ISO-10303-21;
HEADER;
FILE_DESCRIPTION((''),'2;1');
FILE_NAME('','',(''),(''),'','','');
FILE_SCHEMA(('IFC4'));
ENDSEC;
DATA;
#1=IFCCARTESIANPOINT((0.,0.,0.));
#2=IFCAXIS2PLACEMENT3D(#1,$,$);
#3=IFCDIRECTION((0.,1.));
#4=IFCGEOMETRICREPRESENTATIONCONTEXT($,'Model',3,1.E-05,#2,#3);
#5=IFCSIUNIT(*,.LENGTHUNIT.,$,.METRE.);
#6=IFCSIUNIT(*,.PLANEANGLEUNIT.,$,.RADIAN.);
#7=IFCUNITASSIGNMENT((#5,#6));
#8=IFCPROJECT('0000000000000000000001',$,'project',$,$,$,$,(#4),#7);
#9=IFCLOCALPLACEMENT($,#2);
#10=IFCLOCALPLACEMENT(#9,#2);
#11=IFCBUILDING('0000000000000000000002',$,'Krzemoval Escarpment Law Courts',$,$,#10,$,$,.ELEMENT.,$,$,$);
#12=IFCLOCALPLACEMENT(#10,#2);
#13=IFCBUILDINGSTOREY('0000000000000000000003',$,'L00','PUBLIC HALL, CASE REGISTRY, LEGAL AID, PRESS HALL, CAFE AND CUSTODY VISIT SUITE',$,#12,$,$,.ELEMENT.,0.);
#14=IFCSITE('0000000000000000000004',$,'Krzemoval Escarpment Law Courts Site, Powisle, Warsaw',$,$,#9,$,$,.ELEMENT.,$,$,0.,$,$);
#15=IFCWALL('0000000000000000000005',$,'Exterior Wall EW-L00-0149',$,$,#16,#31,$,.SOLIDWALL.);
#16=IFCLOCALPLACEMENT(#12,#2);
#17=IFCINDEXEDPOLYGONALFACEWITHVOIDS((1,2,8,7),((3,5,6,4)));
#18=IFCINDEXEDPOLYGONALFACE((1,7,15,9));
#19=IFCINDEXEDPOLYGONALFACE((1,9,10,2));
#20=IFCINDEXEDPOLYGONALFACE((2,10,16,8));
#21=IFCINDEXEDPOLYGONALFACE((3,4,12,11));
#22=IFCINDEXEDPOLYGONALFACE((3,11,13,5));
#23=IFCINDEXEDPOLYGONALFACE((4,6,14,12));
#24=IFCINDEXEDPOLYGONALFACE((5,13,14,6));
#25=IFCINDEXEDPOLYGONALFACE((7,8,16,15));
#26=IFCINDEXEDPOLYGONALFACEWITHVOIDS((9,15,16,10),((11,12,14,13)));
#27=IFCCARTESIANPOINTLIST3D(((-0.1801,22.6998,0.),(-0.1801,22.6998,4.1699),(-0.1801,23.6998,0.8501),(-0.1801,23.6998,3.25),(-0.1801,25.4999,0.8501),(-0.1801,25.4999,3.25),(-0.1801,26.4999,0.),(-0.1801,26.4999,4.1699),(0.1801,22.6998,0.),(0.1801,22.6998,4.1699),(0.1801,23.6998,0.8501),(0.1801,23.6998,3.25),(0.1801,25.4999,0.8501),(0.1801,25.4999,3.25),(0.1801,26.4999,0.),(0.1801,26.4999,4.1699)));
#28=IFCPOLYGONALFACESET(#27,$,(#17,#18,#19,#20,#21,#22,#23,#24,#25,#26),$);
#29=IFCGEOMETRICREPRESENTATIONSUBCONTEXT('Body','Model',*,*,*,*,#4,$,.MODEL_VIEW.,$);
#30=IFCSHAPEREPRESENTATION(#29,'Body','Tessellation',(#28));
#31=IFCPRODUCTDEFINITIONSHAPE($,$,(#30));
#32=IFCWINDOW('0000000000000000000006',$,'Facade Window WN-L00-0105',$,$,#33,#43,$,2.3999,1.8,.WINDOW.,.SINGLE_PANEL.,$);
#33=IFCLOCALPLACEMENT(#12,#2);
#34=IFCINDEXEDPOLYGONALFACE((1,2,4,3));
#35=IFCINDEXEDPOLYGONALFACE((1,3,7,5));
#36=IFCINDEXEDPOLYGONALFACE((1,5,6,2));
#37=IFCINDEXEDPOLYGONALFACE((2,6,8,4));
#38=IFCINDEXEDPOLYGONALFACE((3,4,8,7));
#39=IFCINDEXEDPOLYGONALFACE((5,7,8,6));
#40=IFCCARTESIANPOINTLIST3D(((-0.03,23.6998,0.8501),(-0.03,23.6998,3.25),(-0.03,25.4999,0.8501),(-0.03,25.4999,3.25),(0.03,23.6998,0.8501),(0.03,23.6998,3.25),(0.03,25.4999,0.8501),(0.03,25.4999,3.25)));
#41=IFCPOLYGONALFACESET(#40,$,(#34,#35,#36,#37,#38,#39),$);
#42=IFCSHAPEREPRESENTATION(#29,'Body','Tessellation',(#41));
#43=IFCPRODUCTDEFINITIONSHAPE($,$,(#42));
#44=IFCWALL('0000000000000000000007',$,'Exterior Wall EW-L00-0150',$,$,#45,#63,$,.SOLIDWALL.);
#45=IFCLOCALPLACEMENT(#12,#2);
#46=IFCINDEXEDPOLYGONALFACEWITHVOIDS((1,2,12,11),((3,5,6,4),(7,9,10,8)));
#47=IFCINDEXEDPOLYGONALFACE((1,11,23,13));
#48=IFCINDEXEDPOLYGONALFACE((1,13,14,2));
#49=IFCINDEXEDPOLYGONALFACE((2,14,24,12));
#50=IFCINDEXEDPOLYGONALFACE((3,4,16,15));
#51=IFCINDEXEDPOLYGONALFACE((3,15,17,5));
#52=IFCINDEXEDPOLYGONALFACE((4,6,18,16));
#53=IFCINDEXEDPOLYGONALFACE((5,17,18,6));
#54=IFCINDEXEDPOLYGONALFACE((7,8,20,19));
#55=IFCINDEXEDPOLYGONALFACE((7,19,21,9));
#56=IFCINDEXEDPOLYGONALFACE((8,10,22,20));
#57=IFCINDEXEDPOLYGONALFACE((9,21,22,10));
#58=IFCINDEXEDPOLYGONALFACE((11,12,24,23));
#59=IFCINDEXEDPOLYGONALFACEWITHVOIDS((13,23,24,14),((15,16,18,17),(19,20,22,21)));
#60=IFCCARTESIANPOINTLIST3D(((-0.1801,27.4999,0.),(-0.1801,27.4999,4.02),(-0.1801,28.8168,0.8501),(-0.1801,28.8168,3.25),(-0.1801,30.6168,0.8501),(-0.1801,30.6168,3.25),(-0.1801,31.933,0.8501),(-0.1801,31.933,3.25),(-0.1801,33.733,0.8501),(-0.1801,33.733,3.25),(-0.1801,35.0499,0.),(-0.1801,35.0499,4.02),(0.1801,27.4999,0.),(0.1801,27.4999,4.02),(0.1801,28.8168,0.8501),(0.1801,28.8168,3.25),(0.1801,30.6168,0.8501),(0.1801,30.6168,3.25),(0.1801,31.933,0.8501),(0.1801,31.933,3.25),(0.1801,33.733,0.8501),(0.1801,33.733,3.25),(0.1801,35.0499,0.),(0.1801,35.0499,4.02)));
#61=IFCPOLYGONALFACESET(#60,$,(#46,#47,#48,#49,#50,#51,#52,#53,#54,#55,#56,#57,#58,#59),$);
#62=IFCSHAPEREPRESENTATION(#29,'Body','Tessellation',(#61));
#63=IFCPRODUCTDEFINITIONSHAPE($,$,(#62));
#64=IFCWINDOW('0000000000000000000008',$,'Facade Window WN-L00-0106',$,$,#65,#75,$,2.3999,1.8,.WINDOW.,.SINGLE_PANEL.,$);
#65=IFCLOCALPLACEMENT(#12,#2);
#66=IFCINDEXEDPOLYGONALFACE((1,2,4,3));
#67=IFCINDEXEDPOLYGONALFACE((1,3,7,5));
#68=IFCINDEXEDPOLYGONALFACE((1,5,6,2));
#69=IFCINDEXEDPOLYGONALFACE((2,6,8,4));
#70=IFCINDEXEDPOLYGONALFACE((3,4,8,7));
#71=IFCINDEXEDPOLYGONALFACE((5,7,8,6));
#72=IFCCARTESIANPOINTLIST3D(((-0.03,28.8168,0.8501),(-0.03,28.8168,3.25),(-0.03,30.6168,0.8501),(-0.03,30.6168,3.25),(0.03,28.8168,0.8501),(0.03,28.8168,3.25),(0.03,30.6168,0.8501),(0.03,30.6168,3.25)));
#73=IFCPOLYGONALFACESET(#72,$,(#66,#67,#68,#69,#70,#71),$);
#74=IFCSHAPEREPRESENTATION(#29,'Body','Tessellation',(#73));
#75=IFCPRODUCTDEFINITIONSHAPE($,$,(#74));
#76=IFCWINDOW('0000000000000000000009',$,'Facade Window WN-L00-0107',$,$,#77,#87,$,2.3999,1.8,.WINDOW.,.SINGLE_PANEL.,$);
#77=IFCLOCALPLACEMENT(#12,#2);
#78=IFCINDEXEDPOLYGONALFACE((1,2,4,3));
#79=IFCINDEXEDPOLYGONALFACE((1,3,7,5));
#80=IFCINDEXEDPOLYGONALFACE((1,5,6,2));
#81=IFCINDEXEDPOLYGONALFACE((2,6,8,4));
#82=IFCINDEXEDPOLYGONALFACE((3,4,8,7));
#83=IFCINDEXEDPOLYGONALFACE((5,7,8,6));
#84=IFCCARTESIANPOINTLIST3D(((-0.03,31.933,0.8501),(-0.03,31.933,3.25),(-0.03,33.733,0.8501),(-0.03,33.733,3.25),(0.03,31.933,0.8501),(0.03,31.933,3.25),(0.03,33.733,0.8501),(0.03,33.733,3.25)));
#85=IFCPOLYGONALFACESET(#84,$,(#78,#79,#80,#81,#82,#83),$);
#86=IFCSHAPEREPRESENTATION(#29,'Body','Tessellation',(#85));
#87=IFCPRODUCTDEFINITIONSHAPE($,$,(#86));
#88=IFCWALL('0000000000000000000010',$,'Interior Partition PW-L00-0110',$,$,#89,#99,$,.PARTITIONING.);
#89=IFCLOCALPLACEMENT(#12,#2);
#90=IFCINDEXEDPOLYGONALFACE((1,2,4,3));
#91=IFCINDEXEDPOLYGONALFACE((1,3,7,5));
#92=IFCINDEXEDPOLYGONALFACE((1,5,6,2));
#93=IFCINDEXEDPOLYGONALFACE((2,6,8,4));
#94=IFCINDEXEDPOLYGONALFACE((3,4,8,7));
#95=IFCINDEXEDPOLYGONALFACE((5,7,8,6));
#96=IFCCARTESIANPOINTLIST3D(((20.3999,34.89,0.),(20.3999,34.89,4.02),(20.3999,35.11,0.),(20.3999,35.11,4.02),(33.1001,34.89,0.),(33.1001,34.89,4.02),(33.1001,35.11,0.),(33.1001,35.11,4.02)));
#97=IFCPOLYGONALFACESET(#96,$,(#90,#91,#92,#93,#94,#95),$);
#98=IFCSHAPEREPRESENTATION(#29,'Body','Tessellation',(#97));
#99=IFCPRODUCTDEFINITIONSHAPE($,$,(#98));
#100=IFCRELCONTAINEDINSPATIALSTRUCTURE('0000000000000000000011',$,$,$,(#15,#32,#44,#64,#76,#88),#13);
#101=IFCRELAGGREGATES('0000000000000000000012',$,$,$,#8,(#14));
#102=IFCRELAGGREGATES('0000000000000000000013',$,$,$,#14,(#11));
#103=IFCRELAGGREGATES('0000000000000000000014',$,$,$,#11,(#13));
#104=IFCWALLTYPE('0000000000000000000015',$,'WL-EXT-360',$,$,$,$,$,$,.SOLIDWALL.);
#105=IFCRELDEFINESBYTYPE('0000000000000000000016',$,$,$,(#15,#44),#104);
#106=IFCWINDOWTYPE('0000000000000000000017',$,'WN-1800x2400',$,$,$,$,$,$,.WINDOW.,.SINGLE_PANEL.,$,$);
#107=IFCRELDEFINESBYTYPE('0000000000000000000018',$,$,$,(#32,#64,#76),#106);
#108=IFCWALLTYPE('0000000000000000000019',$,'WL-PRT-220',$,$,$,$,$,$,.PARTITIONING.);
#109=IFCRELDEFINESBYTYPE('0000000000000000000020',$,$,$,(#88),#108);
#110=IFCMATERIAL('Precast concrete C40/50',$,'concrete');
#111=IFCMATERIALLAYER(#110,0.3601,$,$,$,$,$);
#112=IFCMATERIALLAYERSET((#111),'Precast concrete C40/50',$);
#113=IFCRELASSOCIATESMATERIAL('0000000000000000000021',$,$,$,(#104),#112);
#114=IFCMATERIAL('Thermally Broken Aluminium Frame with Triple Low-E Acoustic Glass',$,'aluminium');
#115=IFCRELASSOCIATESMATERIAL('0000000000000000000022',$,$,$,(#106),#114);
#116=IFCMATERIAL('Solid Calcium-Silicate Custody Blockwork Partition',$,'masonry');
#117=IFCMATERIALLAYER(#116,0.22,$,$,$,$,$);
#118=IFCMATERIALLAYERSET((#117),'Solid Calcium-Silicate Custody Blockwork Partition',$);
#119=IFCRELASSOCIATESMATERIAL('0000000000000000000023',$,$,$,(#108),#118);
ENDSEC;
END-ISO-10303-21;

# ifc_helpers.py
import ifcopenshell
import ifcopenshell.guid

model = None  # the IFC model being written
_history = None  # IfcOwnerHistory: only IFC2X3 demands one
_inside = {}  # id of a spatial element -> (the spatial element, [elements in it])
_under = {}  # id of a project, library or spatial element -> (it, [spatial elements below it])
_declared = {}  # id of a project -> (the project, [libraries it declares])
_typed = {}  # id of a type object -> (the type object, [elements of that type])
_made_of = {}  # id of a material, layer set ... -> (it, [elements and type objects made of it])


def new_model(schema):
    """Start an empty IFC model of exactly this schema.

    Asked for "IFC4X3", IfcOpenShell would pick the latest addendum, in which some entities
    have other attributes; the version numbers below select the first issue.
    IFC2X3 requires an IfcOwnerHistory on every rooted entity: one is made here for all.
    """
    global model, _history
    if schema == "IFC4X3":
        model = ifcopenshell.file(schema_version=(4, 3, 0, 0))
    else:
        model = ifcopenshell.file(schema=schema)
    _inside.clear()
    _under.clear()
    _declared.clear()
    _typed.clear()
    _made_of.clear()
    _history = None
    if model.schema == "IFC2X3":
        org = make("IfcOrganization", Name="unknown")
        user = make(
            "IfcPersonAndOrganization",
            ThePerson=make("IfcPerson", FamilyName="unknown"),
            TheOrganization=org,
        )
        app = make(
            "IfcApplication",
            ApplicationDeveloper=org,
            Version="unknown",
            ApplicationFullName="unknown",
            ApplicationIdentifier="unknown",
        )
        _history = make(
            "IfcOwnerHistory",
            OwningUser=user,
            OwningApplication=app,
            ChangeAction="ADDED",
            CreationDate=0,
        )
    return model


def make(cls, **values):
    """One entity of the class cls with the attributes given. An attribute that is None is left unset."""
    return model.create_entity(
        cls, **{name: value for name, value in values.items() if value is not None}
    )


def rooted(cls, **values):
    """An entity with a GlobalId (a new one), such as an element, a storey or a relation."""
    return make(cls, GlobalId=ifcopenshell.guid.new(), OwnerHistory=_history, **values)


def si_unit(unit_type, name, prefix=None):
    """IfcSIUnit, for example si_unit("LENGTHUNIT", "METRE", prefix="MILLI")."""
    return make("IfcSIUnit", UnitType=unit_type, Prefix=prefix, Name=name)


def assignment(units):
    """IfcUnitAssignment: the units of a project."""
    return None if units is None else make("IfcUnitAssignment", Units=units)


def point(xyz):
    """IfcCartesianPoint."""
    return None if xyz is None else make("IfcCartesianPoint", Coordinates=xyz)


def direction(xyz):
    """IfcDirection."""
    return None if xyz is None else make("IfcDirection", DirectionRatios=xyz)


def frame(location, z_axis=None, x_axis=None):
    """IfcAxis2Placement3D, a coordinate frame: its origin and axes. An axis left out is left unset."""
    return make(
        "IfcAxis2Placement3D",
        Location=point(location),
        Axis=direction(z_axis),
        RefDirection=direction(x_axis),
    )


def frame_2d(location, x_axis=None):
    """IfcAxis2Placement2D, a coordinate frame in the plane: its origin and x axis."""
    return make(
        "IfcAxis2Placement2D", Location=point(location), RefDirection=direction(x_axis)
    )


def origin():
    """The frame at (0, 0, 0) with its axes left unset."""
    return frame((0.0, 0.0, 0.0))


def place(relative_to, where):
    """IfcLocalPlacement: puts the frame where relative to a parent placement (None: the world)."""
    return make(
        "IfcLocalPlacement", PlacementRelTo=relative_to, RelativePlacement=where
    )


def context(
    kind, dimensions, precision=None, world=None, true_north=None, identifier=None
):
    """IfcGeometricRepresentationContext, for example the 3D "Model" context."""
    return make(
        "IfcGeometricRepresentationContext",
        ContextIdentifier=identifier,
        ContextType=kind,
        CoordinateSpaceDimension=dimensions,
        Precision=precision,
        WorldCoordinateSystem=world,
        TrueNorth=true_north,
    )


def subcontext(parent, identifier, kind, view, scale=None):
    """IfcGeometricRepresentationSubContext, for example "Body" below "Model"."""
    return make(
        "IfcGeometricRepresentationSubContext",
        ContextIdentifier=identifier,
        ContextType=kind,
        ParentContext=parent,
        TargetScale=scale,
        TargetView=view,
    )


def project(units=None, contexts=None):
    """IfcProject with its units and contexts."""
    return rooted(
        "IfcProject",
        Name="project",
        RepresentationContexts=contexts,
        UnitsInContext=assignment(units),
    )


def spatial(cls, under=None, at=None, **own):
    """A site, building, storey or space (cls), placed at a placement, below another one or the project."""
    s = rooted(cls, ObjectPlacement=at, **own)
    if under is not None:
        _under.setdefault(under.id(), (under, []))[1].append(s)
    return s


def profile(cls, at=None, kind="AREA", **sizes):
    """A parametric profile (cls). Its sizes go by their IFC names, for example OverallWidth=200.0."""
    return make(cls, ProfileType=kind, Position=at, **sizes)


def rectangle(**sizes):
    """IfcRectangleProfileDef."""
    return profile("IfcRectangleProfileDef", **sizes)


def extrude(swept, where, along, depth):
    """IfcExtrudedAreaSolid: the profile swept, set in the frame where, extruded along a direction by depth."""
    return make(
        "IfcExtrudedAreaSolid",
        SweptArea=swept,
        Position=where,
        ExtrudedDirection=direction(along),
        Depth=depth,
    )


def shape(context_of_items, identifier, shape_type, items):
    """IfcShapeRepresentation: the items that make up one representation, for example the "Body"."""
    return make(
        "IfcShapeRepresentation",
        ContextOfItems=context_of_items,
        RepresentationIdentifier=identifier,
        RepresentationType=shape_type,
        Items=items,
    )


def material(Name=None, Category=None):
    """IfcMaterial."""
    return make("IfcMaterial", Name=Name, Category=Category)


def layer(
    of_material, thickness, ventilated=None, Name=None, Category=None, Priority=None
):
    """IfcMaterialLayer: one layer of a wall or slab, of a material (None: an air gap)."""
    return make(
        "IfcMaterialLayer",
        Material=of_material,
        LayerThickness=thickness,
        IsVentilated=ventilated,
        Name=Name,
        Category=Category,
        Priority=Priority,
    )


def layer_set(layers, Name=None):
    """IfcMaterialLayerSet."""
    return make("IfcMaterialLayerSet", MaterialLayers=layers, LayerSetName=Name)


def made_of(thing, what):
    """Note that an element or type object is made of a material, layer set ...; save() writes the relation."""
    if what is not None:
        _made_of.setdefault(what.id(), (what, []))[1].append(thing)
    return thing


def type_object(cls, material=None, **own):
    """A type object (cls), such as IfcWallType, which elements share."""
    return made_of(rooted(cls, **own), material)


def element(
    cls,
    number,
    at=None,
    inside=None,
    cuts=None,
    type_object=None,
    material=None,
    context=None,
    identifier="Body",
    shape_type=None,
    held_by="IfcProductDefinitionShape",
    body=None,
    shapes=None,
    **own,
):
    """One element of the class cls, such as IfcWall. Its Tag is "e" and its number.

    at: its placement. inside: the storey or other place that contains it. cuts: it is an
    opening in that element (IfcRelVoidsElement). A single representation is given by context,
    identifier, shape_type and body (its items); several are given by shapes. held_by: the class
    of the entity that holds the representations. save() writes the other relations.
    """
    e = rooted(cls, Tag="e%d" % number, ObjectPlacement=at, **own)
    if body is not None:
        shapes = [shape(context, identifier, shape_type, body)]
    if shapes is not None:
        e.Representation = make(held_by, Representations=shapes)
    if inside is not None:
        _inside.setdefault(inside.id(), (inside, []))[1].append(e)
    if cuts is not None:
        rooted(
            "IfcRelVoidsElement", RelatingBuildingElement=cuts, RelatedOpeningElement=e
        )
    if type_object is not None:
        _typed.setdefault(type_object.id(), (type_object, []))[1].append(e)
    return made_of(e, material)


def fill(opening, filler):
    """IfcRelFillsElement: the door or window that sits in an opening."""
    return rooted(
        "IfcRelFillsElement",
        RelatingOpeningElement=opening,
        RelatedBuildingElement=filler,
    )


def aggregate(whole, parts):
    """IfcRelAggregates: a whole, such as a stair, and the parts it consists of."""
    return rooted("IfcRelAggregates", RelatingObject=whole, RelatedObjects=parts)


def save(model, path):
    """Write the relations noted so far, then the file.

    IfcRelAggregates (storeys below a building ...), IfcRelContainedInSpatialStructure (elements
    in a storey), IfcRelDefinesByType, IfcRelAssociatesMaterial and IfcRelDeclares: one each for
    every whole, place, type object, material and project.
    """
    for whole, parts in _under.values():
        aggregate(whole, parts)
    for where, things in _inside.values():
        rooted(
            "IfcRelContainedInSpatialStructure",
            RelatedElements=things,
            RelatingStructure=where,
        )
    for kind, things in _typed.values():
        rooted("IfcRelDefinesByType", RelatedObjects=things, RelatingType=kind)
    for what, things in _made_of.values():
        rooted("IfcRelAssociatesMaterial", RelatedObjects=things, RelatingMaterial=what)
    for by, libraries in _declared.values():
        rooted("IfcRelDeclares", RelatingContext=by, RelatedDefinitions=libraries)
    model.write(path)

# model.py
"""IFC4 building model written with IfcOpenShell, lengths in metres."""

from ifc_helpers import new_model, si_unit, direction, frame, frame_2d, origin, place, context, subcontext, project, spatial, rectangle, extrude, material, layer, layer_set, type_object, element, fill, save


model = new_model("IFC4")

# Units and contexts
model_context = context("Model", 3, precision=1e-05, world=origin(), true_north=direction((0.0, 1.0)))
body_context = subcontext(model_context, "Body", "Model", "MODEL_VIEW")
ifc_project = project(units=[si_unit("LENGTHUNIT", "METRE"), si_unit("PLANEANGLEUNIT", "RADIAN")], contexts=[model_context])

# Site, building, storey
site_placement = place(None, origin())
site = spatial("IfcSite", under=ifc_project, at=site_placement, Name="Krzemoval Escarpment Law Courts Site, Powisle, Warsaw", CompositionType="ELEMENT", RefElevation=0.0)
building_placement = place(site_placement, origin())
building = spatial("IfcBuilding", under=site, at=building_placement, Name="Krzemoval Escarpment Law Courts", CompositionType="ELEMENT")
storey_placement = place(building_placement, origin())
storey = spatial("IfcBuildingStorey", under=building, at=storey_placement, Name="L00", Description="PUBLIC HALL, CASE REGISTRY, LEGAL AID, PRESS HALL, CAFE AND CUSTODY VISIT SUITE", CompositionType="ELEMENT", Elevation=0.0)

# Wall, opening, window
ifc_material_1 = material(Name="Precast concrete C40/50", Category="concrete")
ifc_layer_1 = layer(ifc_material_1, 0.3601)
ifc_layer_set_1 = layer_set([ifc_layer_1], Name="Precast concrete C40/50")
wall_type_1 = type_object("IfcWallType", Name="WL-EXT-360", PredefinedType="SOLIDWALL", material=ifc_layer_set_1)
wall_1_placement = place(storey_placement, frame((0.0, 22.7, 0.0), z_axis=(0.0, 0.0, 1.0), x_axis=(0.0, 1.0, 0.0)))
wall_1 = element("IfcWall", 1, at=wall_1_placement, inside=storey, type_object=wall_type_1, Name="Exterior Wall EW-L00-0149", PredefinedType="SOLIDWALL", context=body_context, shape_type="SweptSolid", body=[
    extrude(rectangle(XDim=3.8, YDim=0.3601, at=frame_2d((1.8999, 0.0))), origin(), (0.0, 0.0, 1.0), 4.1699),
])
opening_1_placement = place(wall_1_placement, frame((1.0, 0.0, 0.8501)))
opening_1 = element("IfcOpeningElement", 2, at=opening_1_placement, cuts=wall_1, PredefinedType="OPENING", context=body_context, shape_type="SweptSolid", body=[
    extrude(rectangle(XDim=1.8, YDim=2.3999, at=frame_2d((0.8999, 1.2))), frame((0.0, 0.1951, 0.0), z_axis=(0.0, -1.0, 0.0), x_axis=(1.0, 0.0, 0.0)), (0.0, 0.0, 1.0), 0.3901),
])
ifc_material_2 = material(Name="Thermally Broken Aluminium Frame with Triple Low-E Acoustic Glass", Category="aluminium")
window_type = type_object("IfcWindowType", Name="WN-1800x2400", PartitioningType="SINGLE_PANEL", PredefinedType="WINDOW", material=ifc_material_2)
window_1_placement = place(opening_1_placement, origin())
window_1 = element("IfcWindow", 3, at=window_1_placement, inside=storey, type_object=window_type, Name="Facade Window WN-L00-0105", OverallHeight=2.3999, OverallWidth=1.8, PartitioningType="SINGLE_PANEL", PredefinedType="WINDOW", context=body_context, shape_type="SweptSolid", body=[
    extrude(rectangle(XDim=1.8, YDim=2.3999, at=frame_2d((0.8999, 1.2))), frame((0.0, 0.03, 0.0), z_axis=(0.0, -1.0, 0.0), x_axis=(1.0, 0.0, 0.0)), (0.0, 0.0, 1.0), 0.0601),
])
fill(opening_1, window_1)

# Wall, openings, windows
wall_2_placement = place(storey_placement, frame((0.0, 27.5, 0.0), z_axis=(0.0, 0.0, 1.0), x_axis=(0.0, 1.0, 0.0)))
wall_2 = element("IfcWall", 4, at=wall_2_placement, inside=storey, type_object=wall_type_1, Name="Exterior Wall EW-L00-0150", PredefinedType="SOLIDWALL", context=body_context, shape_type="SweptSolid", body=[
    extrude(rectangle(XDim=7.55, YDim=0.3601, at=frame_2d((3.7749, 0.0))), origin(), (0.0, 0.0, 1.0), 4.02),
])
opening_2_placement = place(wall_2_placement, frame((1.3169, 0.0, 0.8501)))
opening_2 = element("IfcOpeningElement", 5, at=opening_2_placement, cuts=wall_2, PredefinedType="OPENING", context=body_context, shape_type="SweptSolid", body=[
    extrude(rectangle(XDim=1.8, YDim=2.3999, at=frame_2d((0.8999, 1.2))), frame((0.0, 0.1951, 0.0), z_axis=(0.0, -1.0, 0.0), x_axis=(1.0, 0.0, 0.0)), (0.0, 0.0, 1.0), 0.3901),
])
opening_3_placement = place(wall_2_placement, frame((4.4331, 0.0, 0.8501)))
opening_3 = element("IfcOpeningElement", 6, at=opening_3_placement, cuts=wall_2, PredefinedType="OPENING", context=body_context, shape_type="SweptSolid", body=[
    extrude(rectangle(XDim=1.8, YDim=2.3999, at=frame_2d((0.8999, 1.2))), frame((0.0, 0.1951, 0.0), z_axis=(0.0, -1.0, 0.0), x_axis=(1.0, 0.0, 0.0)), (0.0, 0.0, 1.0), 0.3901),
])
window_2_placement = place(opening_2_placement, origin())
window_2 = element("IfcWindow", 7, at=window_2_placement, inside=storey, type_object=window_type, Name="Facade Window WN-L00-0106", OverallHeight=2.3999, OverallWidth=1.8, PartitioningType="SINGLE_PANEL", PredefinedType="WINDOW", context=body_context, shape_type="SweptSolid", body=[
    extrude(rectangle(XDim=1.8, YDim=2.3999, at=frame_2d((0.8999, 1.2))), frame((0.0, 0.03, 0.0), z_axis=(0.0, -1.0, 0.0), x_axis=(1.0, 0.0, 0.0)), (0.0, 0.0, 1.0), 0.0601),
])
fill(opening_2, window_2)
window_3_placement = place(opening_3_placement, origin())
window_3 = element("IfcWindow", 8, at=window_3_placement, inside=storey, type_object=window_type, Name="Facade Window WN-L00-0107", OverallHeight=2.3999, OverallWidth=1.8, PartitioningType="SINGLE_PANEL", PredefinedType="WINDOW", context=body_context, shape_type="SweptSolid", body=[
    extrude(rectangle(XDim=1.8, YDim=2.3999, at=frame_2d((0.8999, 1.2))), frame((0.0, 0.03, 0.0), z_axis=(0.0, -1.0, 0.0), x_axis=(1.0, 0.0, 0.0)), (0.0, 0.0, 1.0), 0.0601),
])
fill(opening_3, window_3)

# Wall
ifc_material_3 = material(Name="Solid Calcium-Silicate Custody Blockwork Partition", Category="masonry")
ifc_layer_2 = layer(ifc_material_3, 0.22)
ifc_layer_set_2 = layer_set([ifc_layer_2], Name="Solid Calcium-Silicate Custody Blockwork Partition")
wall_type_2 = type_object("IfcWallType", Name="WL-PRT-220", PredefinedType="PARTITIONING", material=ifc_layer_set_2)
wall_3_placement = place(storey_placement, frame((20.3999, 35.0, 0.0), z_axis=(0.0, 0.0, 1.0), x_axis=(1.0, 0.0, 0.0)))
element("IfcWall", 9, at=wall_3_placement, inside=storey, type_object=wall_type_2, Name="Interior Partition PW-L00-0110", PredefinedType="PARTITIONING", context=body_context, shape_type="SweptSolid", body=[
    extrude(rectangle(XDim=12.7002, YDim=0.22, at=frame_2d((6.3501, 0.0))), origin(), (0.0, 0.0, 1.0), 4.02),
])

save(model, "model.ifc")
